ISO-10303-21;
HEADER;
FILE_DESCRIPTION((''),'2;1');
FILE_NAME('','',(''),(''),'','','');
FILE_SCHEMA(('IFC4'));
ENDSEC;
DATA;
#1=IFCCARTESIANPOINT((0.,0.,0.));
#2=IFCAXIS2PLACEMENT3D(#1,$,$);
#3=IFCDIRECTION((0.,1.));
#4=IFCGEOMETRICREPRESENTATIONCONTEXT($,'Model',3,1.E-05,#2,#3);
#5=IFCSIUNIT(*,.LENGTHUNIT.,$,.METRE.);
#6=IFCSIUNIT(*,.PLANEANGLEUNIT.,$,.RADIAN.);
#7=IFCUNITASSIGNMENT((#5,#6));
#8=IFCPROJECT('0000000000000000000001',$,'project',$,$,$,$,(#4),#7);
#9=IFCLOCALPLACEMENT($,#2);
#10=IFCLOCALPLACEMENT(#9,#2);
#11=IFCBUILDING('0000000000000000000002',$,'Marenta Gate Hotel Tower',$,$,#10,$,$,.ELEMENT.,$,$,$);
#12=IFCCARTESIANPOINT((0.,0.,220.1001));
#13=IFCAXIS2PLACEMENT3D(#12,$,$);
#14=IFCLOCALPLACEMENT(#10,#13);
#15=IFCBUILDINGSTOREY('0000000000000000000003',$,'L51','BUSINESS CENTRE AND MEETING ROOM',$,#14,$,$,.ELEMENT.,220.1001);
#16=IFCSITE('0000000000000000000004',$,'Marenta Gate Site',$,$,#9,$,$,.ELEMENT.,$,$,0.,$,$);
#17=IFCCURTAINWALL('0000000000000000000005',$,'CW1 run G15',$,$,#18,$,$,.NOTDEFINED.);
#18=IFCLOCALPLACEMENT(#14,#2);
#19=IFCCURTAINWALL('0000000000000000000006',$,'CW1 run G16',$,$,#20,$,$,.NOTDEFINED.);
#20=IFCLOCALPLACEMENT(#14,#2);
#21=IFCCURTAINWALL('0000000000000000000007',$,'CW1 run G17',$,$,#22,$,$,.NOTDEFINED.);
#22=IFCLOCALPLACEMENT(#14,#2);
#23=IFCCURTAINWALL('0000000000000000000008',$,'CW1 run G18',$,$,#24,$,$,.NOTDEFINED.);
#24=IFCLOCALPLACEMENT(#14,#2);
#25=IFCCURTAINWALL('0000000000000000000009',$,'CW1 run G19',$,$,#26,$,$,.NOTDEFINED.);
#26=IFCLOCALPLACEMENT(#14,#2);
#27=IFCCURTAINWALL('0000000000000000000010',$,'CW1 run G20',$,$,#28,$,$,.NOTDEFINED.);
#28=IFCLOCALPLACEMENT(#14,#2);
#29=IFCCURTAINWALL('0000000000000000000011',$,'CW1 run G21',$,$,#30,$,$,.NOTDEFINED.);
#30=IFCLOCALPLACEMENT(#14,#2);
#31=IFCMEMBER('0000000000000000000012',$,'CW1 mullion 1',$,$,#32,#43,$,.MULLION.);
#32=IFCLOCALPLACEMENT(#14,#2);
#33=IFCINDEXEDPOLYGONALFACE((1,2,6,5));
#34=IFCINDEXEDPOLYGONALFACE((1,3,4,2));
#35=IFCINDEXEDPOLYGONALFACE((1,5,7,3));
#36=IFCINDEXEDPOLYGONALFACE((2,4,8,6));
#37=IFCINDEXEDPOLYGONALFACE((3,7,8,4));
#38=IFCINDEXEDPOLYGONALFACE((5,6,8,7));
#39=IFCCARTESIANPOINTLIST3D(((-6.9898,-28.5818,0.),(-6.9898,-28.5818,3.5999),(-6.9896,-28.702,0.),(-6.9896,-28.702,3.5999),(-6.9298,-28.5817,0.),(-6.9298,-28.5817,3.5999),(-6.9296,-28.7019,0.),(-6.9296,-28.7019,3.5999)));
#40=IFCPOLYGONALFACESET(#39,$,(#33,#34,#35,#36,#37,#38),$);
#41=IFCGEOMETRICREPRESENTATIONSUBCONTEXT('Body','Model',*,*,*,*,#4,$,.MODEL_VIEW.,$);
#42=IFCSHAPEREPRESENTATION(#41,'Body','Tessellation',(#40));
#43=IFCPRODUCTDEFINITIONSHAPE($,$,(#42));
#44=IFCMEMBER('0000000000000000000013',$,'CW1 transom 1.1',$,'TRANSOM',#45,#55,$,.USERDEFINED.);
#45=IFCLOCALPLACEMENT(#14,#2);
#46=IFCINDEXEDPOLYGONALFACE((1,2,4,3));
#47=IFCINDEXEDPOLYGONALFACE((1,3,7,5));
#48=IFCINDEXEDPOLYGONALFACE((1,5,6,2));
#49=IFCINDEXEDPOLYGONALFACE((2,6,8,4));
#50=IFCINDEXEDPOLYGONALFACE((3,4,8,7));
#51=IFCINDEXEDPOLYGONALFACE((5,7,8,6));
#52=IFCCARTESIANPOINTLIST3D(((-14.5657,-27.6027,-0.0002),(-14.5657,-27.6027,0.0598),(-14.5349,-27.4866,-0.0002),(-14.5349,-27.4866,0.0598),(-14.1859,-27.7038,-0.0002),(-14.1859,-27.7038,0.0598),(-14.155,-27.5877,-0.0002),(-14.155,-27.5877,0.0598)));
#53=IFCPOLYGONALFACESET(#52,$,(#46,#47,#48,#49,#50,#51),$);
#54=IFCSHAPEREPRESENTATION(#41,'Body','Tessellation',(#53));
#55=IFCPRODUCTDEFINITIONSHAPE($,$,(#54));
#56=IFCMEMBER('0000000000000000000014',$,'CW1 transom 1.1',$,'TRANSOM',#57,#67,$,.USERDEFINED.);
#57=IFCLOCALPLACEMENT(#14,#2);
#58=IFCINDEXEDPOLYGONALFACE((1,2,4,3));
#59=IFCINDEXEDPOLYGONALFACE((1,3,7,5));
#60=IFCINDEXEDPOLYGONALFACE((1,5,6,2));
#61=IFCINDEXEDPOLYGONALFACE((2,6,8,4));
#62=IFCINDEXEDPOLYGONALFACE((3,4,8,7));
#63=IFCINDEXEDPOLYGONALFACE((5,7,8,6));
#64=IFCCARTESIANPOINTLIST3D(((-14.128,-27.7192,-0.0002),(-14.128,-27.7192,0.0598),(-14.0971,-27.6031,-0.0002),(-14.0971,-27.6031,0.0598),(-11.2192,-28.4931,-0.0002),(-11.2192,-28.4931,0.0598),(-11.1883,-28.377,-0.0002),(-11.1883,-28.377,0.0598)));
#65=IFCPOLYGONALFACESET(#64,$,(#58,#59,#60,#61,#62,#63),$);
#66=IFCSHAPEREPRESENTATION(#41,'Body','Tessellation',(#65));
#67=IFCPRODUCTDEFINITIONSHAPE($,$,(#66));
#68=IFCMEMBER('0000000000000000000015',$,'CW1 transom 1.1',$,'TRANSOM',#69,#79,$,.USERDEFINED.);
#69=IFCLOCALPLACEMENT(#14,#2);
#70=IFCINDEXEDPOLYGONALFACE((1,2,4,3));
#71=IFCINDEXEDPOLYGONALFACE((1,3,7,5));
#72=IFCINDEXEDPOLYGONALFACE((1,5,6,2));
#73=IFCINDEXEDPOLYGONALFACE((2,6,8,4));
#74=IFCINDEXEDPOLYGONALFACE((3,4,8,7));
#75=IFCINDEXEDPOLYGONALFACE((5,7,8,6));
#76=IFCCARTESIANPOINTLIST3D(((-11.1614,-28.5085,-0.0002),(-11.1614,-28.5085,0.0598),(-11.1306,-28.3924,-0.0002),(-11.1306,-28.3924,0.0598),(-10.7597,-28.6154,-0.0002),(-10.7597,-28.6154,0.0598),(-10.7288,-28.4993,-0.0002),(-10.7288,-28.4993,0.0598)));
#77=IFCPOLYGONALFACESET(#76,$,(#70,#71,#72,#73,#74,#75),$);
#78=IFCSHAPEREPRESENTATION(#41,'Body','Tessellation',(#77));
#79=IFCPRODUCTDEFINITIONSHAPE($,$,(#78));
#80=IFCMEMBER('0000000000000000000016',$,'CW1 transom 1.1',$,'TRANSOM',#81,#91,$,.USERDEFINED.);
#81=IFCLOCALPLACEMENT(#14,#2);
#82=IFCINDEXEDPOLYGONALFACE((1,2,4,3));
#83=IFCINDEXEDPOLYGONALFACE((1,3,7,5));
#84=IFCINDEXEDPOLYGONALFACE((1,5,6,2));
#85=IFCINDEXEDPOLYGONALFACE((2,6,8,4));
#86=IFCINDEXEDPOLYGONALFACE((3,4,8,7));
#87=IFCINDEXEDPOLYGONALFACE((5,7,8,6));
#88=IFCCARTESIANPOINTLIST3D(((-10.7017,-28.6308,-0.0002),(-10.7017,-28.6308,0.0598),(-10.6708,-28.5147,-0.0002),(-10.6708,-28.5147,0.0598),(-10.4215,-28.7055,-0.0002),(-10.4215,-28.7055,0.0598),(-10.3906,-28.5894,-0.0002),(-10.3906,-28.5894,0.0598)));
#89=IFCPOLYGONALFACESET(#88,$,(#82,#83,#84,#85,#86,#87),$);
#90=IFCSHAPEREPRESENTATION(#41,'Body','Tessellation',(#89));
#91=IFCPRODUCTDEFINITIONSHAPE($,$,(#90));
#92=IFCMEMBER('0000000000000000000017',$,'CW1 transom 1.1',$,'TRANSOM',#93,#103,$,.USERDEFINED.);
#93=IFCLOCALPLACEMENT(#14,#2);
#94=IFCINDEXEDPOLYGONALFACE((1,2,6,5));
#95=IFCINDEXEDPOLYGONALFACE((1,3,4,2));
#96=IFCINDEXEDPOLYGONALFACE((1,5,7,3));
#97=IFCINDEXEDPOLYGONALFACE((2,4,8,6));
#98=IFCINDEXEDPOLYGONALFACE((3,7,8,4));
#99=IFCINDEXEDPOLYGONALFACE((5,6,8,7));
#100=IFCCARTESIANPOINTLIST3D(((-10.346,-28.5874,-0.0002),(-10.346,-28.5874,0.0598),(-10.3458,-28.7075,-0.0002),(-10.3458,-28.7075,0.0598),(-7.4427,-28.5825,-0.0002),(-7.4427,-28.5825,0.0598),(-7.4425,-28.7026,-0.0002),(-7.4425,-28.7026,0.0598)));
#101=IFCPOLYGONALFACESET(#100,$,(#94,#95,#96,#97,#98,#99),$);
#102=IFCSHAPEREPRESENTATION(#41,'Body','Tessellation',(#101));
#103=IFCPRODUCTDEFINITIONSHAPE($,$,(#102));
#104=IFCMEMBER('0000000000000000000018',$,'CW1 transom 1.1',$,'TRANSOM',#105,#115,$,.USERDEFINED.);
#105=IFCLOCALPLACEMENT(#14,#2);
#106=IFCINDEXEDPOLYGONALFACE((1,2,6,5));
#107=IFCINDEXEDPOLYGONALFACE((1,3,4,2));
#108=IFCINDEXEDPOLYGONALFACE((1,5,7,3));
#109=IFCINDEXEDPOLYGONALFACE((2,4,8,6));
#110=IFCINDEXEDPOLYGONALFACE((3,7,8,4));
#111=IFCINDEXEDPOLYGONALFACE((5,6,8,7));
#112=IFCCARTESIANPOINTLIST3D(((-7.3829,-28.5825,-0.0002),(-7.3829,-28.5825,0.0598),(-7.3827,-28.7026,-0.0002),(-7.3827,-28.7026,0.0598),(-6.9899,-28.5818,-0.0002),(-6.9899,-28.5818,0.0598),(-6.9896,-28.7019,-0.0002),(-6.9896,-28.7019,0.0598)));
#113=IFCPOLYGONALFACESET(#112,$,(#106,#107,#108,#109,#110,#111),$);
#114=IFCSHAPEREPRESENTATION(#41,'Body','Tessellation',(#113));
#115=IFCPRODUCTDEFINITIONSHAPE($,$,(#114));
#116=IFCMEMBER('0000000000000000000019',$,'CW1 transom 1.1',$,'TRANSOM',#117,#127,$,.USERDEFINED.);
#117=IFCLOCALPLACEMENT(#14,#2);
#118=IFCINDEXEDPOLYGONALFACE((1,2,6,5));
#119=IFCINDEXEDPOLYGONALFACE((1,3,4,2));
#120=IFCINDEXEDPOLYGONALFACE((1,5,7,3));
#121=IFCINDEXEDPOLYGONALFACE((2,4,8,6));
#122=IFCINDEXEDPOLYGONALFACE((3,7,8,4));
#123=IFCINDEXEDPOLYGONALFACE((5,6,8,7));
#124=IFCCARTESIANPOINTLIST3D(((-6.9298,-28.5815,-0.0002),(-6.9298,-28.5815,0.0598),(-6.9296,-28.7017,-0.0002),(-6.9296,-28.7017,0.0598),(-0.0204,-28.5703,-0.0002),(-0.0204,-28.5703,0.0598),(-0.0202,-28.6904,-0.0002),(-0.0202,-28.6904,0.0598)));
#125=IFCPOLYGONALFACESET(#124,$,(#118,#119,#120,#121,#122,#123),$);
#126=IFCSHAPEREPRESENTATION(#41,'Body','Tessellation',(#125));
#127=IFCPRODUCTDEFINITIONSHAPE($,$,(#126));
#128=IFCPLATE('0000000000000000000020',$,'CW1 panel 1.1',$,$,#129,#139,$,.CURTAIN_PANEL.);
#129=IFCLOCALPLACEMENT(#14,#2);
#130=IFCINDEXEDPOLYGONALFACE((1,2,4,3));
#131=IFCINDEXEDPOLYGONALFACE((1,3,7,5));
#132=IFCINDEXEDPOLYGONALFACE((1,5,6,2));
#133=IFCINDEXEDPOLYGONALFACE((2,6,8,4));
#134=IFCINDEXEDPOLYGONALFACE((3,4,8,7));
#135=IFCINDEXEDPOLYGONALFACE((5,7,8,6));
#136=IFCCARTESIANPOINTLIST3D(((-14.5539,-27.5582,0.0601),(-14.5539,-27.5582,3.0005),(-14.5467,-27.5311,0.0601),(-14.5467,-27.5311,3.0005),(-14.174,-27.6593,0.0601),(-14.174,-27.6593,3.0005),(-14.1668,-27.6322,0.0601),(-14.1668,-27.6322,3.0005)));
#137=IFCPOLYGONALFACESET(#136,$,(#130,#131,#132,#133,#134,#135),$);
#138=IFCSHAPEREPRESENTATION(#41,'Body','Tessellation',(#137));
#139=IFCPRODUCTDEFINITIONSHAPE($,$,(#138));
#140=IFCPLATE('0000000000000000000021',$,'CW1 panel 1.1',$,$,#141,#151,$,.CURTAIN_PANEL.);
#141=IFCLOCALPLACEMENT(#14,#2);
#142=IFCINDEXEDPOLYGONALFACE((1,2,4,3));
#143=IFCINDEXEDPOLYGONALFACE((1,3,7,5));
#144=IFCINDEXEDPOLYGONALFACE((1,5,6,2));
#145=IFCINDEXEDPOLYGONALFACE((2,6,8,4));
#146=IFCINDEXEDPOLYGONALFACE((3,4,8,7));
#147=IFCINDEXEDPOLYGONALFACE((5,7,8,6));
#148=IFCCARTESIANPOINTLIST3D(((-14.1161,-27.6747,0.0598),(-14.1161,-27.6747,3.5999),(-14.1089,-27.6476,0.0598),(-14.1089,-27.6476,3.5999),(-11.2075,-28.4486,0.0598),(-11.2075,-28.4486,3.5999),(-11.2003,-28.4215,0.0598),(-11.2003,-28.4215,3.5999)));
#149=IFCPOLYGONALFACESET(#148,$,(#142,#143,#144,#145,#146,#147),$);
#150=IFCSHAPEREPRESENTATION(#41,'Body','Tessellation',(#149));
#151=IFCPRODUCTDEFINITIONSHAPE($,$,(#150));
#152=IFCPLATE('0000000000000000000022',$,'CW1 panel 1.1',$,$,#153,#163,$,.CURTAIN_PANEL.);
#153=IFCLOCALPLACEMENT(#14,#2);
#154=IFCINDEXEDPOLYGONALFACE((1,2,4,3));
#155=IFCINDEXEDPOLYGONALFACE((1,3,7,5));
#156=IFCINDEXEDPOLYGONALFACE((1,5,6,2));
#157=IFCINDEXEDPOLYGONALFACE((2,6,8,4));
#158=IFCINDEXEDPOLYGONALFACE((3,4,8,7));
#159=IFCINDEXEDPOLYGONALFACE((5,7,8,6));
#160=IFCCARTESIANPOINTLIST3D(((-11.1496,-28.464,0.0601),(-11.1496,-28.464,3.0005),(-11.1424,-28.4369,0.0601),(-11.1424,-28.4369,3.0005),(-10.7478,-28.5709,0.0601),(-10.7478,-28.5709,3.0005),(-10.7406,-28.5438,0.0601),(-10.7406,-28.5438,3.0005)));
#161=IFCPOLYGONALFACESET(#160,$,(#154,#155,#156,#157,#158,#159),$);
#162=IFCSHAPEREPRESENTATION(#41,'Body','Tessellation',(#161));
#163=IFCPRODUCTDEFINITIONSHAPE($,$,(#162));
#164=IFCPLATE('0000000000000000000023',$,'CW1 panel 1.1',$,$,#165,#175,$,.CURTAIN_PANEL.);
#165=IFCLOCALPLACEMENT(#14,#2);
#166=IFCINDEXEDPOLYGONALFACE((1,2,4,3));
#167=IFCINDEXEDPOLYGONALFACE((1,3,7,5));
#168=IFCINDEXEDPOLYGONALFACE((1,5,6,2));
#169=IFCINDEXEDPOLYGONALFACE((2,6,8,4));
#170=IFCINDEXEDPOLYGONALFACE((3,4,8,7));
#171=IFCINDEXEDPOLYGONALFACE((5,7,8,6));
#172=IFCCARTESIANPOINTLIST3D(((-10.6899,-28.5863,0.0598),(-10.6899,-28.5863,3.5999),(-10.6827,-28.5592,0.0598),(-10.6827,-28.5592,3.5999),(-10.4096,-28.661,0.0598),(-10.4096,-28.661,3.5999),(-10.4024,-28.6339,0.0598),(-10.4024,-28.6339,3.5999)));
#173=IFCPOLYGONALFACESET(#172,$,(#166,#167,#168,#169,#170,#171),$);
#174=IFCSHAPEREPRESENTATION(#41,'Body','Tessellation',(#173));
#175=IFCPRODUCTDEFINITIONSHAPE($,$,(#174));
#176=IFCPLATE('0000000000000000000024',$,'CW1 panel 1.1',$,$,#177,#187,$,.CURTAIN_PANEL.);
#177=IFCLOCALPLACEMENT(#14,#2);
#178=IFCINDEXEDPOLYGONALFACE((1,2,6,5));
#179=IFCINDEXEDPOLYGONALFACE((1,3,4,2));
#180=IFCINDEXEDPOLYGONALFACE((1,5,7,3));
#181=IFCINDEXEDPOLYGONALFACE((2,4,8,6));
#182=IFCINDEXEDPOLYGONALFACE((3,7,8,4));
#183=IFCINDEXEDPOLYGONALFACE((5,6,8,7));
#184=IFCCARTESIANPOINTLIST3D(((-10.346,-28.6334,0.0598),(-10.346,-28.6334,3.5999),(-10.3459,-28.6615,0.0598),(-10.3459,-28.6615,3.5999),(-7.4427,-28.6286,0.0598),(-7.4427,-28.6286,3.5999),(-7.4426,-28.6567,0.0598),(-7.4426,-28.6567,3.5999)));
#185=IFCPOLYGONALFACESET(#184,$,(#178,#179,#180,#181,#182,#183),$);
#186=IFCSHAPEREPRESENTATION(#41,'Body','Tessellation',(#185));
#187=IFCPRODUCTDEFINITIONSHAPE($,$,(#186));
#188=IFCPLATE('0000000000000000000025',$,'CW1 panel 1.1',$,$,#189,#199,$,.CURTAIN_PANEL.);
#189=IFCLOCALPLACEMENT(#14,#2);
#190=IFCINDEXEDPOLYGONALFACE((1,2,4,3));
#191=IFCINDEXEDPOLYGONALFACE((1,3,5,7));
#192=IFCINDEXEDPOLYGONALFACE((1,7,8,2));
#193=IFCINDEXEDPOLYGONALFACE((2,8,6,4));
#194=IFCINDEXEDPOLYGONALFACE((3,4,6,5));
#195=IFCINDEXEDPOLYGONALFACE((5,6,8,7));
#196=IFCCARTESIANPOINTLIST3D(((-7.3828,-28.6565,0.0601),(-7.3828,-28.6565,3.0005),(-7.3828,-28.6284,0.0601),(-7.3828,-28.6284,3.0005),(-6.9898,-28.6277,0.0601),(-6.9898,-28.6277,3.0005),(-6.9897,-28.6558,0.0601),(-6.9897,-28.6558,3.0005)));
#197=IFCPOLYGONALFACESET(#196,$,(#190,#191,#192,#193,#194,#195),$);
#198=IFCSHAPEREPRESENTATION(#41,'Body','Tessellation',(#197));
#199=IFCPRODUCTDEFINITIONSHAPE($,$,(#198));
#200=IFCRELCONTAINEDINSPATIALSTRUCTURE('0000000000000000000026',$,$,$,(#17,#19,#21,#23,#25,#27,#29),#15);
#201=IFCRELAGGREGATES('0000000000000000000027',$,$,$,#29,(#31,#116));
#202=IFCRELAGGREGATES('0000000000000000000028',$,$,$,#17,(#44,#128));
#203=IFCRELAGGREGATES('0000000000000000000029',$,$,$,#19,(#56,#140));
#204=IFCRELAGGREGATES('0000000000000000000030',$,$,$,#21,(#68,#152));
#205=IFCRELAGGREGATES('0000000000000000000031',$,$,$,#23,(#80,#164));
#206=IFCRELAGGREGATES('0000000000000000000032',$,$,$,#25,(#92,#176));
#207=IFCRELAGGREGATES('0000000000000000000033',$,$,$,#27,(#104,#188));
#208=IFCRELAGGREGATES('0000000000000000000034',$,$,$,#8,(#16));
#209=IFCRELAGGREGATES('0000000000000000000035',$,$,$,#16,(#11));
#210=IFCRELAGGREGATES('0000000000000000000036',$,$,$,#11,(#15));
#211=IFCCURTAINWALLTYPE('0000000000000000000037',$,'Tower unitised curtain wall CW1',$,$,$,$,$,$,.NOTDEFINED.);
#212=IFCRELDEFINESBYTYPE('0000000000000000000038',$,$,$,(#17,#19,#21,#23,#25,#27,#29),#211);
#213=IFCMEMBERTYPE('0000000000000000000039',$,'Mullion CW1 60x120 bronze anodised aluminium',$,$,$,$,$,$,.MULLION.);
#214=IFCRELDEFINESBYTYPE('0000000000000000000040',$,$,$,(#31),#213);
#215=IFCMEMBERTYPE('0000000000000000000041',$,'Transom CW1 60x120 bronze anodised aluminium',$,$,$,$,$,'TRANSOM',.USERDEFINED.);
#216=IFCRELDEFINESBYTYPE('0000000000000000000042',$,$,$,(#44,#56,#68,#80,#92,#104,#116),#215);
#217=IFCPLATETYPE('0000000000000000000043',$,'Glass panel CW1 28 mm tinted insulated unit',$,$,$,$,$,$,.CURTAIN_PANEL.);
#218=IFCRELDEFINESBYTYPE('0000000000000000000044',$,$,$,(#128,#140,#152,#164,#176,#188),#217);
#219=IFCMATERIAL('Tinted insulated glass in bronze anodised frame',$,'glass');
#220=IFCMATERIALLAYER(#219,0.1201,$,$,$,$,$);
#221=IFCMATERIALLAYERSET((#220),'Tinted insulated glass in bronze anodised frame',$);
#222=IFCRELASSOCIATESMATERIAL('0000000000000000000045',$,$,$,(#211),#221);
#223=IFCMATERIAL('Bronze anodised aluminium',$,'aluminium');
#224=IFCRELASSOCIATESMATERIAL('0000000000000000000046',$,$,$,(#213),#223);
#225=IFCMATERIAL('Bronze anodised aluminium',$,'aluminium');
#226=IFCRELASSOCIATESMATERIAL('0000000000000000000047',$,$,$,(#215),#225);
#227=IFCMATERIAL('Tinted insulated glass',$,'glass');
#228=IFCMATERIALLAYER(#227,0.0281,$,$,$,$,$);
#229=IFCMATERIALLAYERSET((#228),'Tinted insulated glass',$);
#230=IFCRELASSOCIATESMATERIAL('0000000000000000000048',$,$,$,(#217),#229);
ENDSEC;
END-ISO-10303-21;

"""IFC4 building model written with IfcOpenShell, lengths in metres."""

from ifc_helpers import new_model, si_unit, direction, frame, origin, origin_2d, place, context, subcontext, project, spatial, rectangle, extrude, material, layer, layer_set, material_profile, profile_set, type_object, element, aggregate, save


model = new_model("IFC4")

# Units and contexts
model_context = context("Model", 3, precision=1e-05, world=origin(), true_north=direction((0.0, 1.0)))
body_context = subcontext(model_context, "Body", "Model", "MODEL_VIEW")
ifc_project = project(units=[si_unit("LENGTHUNIT", "METRE"), si_unit("PLANEANGLEUNIT", "RADIAN")], contexts=[model_context])

# Site, building, storey
site_placement = place(None, origin())
site = spatial("IfcSite", under=ifc_project, at=site_placement, Name="Marenta Gate Site", CompositionType="ELEMENT", RefElevation=0.0)
building_placement = place(site_placement, origin())
building = spatial("IfcBuilding", under=site, at=building_placement, Name="Marenta Gate Hotel Tower", CompositionType="ELEMENT")
storey_placement = place(building_placement, frame((0.0, 0.0, 220.1001)))
storey = spatial("IfcBuildingStorey", under=building, at=storey_placement, Name="L51", Description="BUSINESS CENTRE AND MEETING ROOM", CompositionType="ELEMENT", Elevation=220.1001)

# Curtain walls, member
ifc_material_1 = material(Name="Tinted insulated glass in bronze anodised frame", Category="glass")
ifc_layer_1 = layer(ifc_material_1, 0.1201)
ifc_layer_set_1 = layer_set([ifc_layer_1], Name="Tinted insulated glass in bronze anodised frame")
curtain_wall_type = type_object("IfcCurtainWallType", Name="Tower unitised curtain wall CW1", PredefinedType="NOTDEFINED", material=ifc_layer_set_1)
curtain_wall_1_placement = place(storey_placement, origin())
curtain_wall_1 = element("IfcCurtainWall", 1, at=curtain_wall_1_placement, inside=storey, type_object=curtain_wall_type, Name="CW1 run G15", PredefinedType="NOTDEFINED")
ifc_material_2 = material(Name="Bronze anodised aluminium", Category="aluminium")
ifc_material_profile_1 = material_profile(ifc_material_2, rectangle(XDim=0.1201, YDim=0.0601, at=origin_2d()), Name="Mullion CW1 60x120 bronze anodised aluminium")
ifc_profile_set_1 = profile_set([ifc_material_profile_1], Name="Bronze anodised aluminium")
member_type_1 = type_object("IfcMemberType", Name="Mullion CW1 60x120 bronze anodised aluminium", PredefinedType="MULLION", material=ifc_profile_set_1)
curtain_wall_2_placement = place(storey_placement, origin())
curtain_wall_2 = element("IfcCurtainWall", 2, at=curtain_wall_2_placement, inside=storey, type_object=curtain_wall_type, Name="CW1 run G16", PredefinedType="NOTDEFINED")
curtain_wall_3_placement = place(storey_placement, origin())
curtain_wall_3 = element("IfcCurtainWall", 3, at=curtain_wall_3_placement, inside=storey, type_object=curtain_wall_type, Name="CW1 run G17", PredefinedType="NOTDEFINED")
curtain_wall_4_placement = place(storey_placement, origin())
curtain_wall_4 = element("IfcCurtainWall", 4, at=curtain_wall_4_placement, inside=storey, type_object=curtain_wall_type, Name="CW1 run G18", PredefinedType="NOTDEFINED")
curtain_wall_5_placement = place(storey_placement, origin())
curtain_wall_5 = element("IfcCurtainWall", 5, at=curtain_wall_5_placement, inside=storey, type_object=curtain_wall_type, Name="CW1 run G19", PredefinedType="NOTDEFINED")
curtain_wall_6_placement = place(storey_placement, origin())
curtain_wall_6 = element("IfcCurtainWall", 6, at=curtain_wall_6_placement, inside=storey, type_object=curtain_wall_type, Name="CW1 run G20", PredefinedType="NOTDEFINED")
curtain_wall_7_placement = place(storey_placement, origin())
curtain_wall_7 = element("IfcCurtainWall", 7, at=curtain_wall_7_placement, inside=storey, type_object=curtain_wall_type, Name="CW1 run G21", PredefinedType="NOTDEFINED")
member_1_placement = place(storey_placement, frame((-6.9597, -28.6418, 0.0), z_axis=(0.0, 0.0, 1.0), x_axis=(-0.001636, 0.999999, 0.0)))
member_1 = element("IfcMember", 8, at=member_1_placement, type_object=member_type_1, Name="CW1 mullion 1", PredefinedType="MULLION", context=body_context, shape_type="SweptSolid", body=[
    extrude(rectangle(XDim=0.1201, YDim=0.0601, at=origin_2d()), origin(), (0.0, 0.0, 1.0), 3.5999),
])

# Members
ifc_material_3 = material(Name="Bronze anodised aluminium", Category="aluminium")
ifc_material_profile_2 = material_profile(ifc_material_3, rectangle(XDim=0.1201, YDim=0.0601, at=origin_2d()), Name="Transom CW1 60x120 bronze anodised aluminium")
ifc_profile_set_2 = profile_set([ifc_material_profile_2], Name="Bronze anodised aluminium")
member_type_2 = type_object("IfcMemberType", Name="Transom CW1 60x120 bronze anodised aluminium", ElementType="TRANSOM", PredefinedType="USERDEFINED", material=ifc_profile_set_2)
member_2_placement = place(storey_placement, frame((-14.5503, -27.5447, 0.0298), z_axis=(0.966379, -0.257121, 0.0), x_axis=(0.257121, 0.966379, 0.0)))
member_2 = element("IfcMember", 9, at=member_2_placement, type_object=member_type_2, Name="CW1 transom 1.1", ObjectType="TRANSOM", PredefinedType="USERDEFINED", context=body_context, shape_type="SweptSolid", body=[
    extrude(rectangle(XDim=0.1201, YDim=0.0601, at=origin_2d()), origin(), (0.0, 0.0, 1.0), 0.3931),
])
member_3_placement = place(storey_placement, frame((-14.1125, -27.6611, 0.0298), z_axis=(0.966377, -0.257127, 0.0), x_axis=(0.257127, 0.966377, 0.0)))
member_3 = element("IfcMember", 10, at=member_3_placement, type_object=member_type_2, Name="CW1 transom 1.1", ObjectType="TRANSOM", PredefinedType="USERDEFINED", context=body_context, shape_type="SweptSolid", body=[
    extrude(rectangle(XDim=0.1201, YDim=0.0601, at=origin_2d()), origin(), (0.0, 0.0, 1.0), 3.01),
])
member_4_placement = place(storey_placement, frame((-11.146, -28.4504, 0.0298), z_axis=(0.966371, -0.257151, 0.0), x_axis=(0.257151, 0.966371, 0.0)))
member_4 = element("IfcMember", 11, at=member_4_placement, type_object=member_type_2, Name="CW1 transom 1.1", ObjectType="TRANSOM", PredefinedType="USERDEFINED", context=body_context, shape_type="SweptSolid", body=[
    extrude(rectangle(XDim=0.1201, YDim=0.0601, at=origin_2d()), origin(), (0.0, 0.0, 1.0), 0.4158),
])
member_5_placement = place(storey_placement, frame((-10.6863, -28.5728, 0.0298), z_axis=(0.966263, -0.257558, 0.0), x_axis=(0.257558, 0.966263, 0.0)))
member_5 = element("IfcMember", 12, at=member_5_placement, type_object=member_type_2, Name="CW1 transom 1.1", ObjectType="TRANSOM", PredefinedType="USERDEFINED", context=body_context, shape_type="SweptSolid", body=[
    extrude(rectangle(XDim=0.1201, YDim=0.0601, at=origin_2d()), origin(), (0.0, 0.0, 1.0), 0.29),
])
member_6_placement = place(storey_placement, frame((-10.3459, -28.6475, 0.0298), z_axis=(0.999999, 0.001682, 0.0), x_axis=(-0.001682, 0.999999, 0.0)))
member_6 = element("IfcMember", 13, at=member_6_placement, type_object=member_type_2, Name="CW1 transom 1.1", ObjectType="TRANSOM", PredefinedType="USERDEFINED", context=body_context, shape_type="SweptSolid", body=[
    extrude(rectangle(XDim=0.1201, YDim=0.0601, at=origin_2d()), origin(), (0.0, 0.0, 1.0), 2.9033),
])
member_7_placement = place(storey_placement, frame((-7.3828, -28.6426, 0.0298), z_axis=(0.999998, 0.001863, 0.0), x_axis=(-0.001863, 0.999998, 0.0)))
member_7 = element("IfcMember", 14, at=member_7_placement, type_object=member_type_2, Name="CW1 transom 1.1", ObjectType="TRANSOM", PredefinedType="USERDEFINED", context=body_context, shape_type="SweptSolid", body=[
    extrude(rectangle(XDim=0.1201, YDim=0.0601, at=origin_2d()), origin(), (0.0, 0.0, 1.0), 0.3931),
])
member_8_placement = place(storey_placement, frame((-6.9297, -28.6416, 0.0298), z_axis=(0.999999, 0.001625, 0.0), x_axis=(-0.001625, 0.999999, 0.0)))
member_8 = element("IfcMember", 15, at=member_8_placement, type_object=member_type_2, Name="CW1 transom 1.1", ObjectType="TRANSOM", PredefinedType="USERDEFINED", context=body_context, shape_type="SweptSolid", body=[
    extrude(rectangle(XDim=0.1201, YDim=0.0601, at=origin_2d()), origin(), (0.0, 0.0, 1.0), 6.9094),
])
aggregate(curtain_wall_7, [member_1, member_8])

# Plates
ifc_material_4 = material(Name="Tinted insulated glass", Category="glass")
ifc_layer_2 = layer(ifc_material_4, 0.0281)
ifc_layer_set_2 = layer_set([ifc_layer_2], Name="Tinted insulated glass")
plate_type = type_object("IfcPlateType", Name="Glass panel CW1 28 mm tinted insulated unit", PredefinedType="CURTAIN_PANEL", material=ifc_layer_set_2)
plate_1_placement = place(storey_placement, frame((-14.3604, -27.5952, 0.0601), z_axis=(0.0, 0.0, 1.0), x_axis=(0.96637, -0.257154, 0.0)))
plate_1 = element("IfcPlate", 16, at=plate_1_placement, type_object=plate_type, Name="CW1 panel 1.1", PredefinedType="CURTAIN_PANEL", context=body_context, shape_type="SweptSolid", body=[
    extrude(rectangle(XDim=0.3931, YDim=0.0281, at=origin_2d()), origin(), (0.0, 0.0, 1.0), 2.9404),
])
aggregate(curtain_wall_1, [member_2, plate_1])
plate_2_placement = place(storey_placement, frame((-12.6582, -28.0481, 0.0598), z_axis=(0.0, 0.0, 1.0), x_axis=(0.96638, -0.257117, 0.0)))
plate_2 = element("IfcPlate", 17, at=plate_2_placement, type_object=plate_type, Name="CW1 panel 1.1", PredefinedType="CURTAIN_PANEL", context=body_context, shape_type="SweptSolid", body=[
    extrude(rectangle(XDim=3.0098, YDim=0.0281, at=origin_2d()), origin(), (0.0, 0.0, 1.0), 3.54),
])
aggregate(curtain_wall_2, [member_3, plate_2])
plate_3_placement = place(storey_placement, frame((-10.9451, -28.5039, 0.0601), z_axis=(0.0, 0.0, 1.0), x_axis=(0.966385, -0.2571, 0.0)))
plate_3 = element("IfcPlate", 18, at=plate_3_placement, type_object=plate_type, Name="CW1 panel 1.1", PredefinedType="CURTAIN_PANEL", context=body_context, shape_type="SweptSolid", body=[
    extrude(rectangle(XDim=0.4158, YDim=0.0281, at=origin_2d()), origin(), (0.0, 0.0, 1.0), 2.9404),
])
aggregate(curtain_wall_3, [member_4, plate_3])
plate_4_placement = place(storey_placement, frame((-10.5461, -28.6101, 0.0598), z_axis=(0.0, 0.0, 1.0), x_axis=(0.966297, -0.257431, 0.0)))
plate_4 = element("IfcPlate", 19, at=plate_4_placement, type_object=plate_type, Name="CW1 panel 1.1", PredefinedType="CURTAIN_PANEL", context=body_context, shape_type="SweptSolid", body=[
    extrude(rectangle(XDim=0.29, YDim=0.0281, at=origin_2d()), origin(), (0.0, 0.0, 1.0), 3.54),
])
aggregate(curtain_wall_4, [member_5, plate_4])
plate_5_placement = place(storey_placement, frame((-8.8943, -28.645, 0.0598), z_axis=(0.0, 0.0, 1.0), x_axis=(0.999999, 0.001654, 0.0)))
plate_5 = element("IfcPlate", 20, at=plate_5_placement, type_object=plate_type, Name="CW1 panel 1.1", PredefinedType="CURTAIN_PANEL", context=body_context, shape_type="SweptSolid", body=[
    extrude(rectangle(XDim=2.9033, YDim=0.0281, at=origin_2d()), origin(), (0.0, 0.0, 1.0), 3.54),
])
aggregate(curtain_wall_5, [member_6, plate_5])
plate_6_placement = place(storey_placement, frame((-7.1863, -28.6421, 0.0601), z_axis=(0.0, 0.0, 1.0), x_axis=(0.999998, 0.001766, 0.0)))
plate_6 = element("IfcPlate", 21, at=plate_6_placement, type_object=plate_type, Name="CW1 panel 1.1", PredefinedType="CURTAIN_PANEL", context=body_context, shape_type="SweptSolid", body=[
    extrude(rectangle(XDim=0.3931, YDim=0.0281, at=origin_2d()), origin(), (0.0, 0.0, 1.0), 2.9404),
])
aggregate(curtain_wall_6, [member_7, plate_6])

save(model, "model.ifc")
